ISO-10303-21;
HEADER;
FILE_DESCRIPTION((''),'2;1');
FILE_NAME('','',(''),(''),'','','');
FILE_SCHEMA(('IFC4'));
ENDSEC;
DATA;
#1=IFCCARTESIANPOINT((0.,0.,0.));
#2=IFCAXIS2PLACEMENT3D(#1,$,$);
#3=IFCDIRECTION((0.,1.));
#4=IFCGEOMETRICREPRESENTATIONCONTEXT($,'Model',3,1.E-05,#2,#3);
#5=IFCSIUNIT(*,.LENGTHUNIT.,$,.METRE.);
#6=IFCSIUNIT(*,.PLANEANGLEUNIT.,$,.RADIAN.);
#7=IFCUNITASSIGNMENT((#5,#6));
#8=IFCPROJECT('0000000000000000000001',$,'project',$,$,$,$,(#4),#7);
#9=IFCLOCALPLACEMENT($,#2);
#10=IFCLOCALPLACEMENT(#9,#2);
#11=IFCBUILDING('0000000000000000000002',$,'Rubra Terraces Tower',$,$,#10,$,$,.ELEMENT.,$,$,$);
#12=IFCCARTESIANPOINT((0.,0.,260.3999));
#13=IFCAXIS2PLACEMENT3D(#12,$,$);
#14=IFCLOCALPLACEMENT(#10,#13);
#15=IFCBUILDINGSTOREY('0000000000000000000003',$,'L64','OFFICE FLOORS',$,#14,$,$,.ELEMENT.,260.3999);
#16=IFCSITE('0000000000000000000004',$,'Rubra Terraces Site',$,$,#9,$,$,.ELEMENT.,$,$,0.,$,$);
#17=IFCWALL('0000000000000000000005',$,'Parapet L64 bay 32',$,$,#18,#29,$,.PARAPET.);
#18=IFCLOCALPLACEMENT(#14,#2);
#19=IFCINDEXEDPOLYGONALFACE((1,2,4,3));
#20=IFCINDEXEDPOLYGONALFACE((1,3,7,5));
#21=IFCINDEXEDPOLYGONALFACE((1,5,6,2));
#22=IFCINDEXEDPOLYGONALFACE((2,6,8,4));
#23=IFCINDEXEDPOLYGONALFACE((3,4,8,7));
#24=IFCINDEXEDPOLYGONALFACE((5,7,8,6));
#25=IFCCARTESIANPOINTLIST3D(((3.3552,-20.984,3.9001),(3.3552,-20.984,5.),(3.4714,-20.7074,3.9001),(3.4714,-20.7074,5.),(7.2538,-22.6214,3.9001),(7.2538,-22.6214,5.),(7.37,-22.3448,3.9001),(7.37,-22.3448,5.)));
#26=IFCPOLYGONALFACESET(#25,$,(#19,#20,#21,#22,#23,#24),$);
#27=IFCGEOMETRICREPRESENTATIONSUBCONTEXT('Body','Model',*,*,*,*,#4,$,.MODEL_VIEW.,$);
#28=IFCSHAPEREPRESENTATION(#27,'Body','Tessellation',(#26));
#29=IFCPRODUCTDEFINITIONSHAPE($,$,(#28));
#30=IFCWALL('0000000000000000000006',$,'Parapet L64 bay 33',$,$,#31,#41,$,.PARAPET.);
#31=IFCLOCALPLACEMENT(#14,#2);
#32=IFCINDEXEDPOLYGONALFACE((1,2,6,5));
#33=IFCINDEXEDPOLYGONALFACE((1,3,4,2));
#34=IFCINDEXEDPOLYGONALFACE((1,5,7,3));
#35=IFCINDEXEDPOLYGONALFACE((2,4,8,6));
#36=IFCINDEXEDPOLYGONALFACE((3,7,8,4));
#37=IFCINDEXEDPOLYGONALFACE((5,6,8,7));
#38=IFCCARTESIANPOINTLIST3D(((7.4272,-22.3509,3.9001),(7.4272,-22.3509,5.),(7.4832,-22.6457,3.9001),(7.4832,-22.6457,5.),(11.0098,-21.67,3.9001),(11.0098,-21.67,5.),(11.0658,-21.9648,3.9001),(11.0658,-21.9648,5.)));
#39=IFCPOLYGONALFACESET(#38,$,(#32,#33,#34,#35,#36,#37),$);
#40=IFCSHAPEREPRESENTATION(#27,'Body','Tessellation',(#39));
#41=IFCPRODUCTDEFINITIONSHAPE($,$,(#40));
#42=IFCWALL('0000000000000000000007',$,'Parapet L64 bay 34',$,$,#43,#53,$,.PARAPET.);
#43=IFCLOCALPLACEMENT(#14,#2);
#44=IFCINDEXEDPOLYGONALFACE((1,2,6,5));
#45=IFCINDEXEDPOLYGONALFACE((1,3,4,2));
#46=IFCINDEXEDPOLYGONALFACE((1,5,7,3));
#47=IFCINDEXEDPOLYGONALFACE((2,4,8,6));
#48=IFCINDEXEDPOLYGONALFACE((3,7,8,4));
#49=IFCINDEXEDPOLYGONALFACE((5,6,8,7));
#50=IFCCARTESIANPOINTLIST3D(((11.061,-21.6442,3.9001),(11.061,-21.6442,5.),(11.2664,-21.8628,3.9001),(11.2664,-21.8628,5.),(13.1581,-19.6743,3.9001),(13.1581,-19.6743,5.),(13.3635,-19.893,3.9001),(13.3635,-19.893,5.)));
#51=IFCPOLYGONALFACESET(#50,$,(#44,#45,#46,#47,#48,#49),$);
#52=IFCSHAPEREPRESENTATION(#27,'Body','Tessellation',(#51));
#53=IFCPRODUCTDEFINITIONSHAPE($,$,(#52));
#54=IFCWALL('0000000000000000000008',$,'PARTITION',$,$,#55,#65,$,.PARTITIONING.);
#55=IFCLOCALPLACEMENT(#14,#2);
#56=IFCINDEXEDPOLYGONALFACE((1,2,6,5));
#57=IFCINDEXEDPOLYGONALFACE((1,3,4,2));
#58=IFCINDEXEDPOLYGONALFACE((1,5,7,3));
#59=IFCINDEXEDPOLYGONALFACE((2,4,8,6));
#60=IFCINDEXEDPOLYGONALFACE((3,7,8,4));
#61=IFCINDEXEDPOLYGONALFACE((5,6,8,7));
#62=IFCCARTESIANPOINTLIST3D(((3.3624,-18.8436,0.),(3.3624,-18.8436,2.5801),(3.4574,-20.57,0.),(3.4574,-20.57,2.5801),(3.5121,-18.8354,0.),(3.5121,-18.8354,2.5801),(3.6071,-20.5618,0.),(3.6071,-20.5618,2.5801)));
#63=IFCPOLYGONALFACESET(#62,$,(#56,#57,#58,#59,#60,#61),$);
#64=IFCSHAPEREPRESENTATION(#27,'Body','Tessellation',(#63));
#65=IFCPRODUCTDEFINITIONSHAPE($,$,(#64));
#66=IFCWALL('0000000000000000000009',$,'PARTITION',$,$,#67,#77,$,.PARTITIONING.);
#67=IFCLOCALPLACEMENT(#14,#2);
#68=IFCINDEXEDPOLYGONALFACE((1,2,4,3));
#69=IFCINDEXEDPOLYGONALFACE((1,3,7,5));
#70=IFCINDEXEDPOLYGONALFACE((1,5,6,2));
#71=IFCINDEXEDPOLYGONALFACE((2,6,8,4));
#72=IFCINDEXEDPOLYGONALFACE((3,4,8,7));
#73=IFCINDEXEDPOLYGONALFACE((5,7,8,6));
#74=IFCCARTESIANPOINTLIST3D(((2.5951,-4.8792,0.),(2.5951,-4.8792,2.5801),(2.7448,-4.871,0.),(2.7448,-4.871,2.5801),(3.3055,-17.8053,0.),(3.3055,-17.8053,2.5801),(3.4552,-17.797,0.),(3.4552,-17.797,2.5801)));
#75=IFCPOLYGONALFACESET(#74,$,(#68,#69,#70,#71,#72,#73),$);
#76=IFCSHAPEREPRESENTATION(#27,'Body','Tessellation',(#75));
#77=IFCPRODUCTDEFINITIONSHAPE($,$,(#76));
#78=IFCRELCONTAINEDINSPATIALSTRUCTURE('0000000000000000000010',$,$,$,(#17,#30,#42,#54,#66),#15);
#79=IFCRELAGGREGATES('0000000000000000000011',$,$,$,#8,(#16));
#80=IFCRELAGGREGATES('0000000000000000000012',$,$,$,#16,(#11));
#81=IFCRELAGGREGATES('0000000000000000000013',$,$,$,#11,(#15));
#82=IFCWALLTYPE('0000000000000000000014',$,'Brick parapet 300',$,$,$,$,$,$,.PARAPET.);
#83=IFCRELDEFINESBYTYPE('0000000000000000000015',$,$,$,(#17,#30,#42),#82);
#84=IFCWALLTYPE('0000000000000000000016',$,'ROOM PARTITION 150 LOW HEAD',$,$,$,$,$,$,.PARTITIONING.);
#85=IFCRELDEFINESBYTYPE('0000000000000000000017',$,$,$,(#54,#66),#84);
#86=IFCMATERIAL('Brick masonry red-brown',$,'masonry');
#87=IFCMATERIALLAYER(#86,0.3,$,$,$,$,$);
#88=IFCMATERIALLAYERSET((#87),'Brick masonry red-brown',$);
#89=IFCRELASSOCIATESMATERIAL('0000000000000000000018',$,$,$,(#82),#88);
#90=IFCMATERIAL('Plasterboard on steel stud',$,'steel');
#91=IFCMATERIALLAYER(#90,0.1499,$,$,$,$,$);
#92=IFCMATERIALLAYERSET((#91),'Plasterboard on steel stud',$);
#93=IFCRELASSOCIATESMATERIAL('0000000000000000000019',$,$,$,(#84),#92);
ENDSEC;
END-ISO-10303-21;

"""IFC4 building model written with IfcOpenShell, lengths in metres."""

from ifc_helpers import new_model, si_unit, direction, frame, frame_2d, origin, place, context, subcontext, project, spatial, rectangle, extrude, material, layer, layer_set, type_object, element, save


model = new_model("IFC4")

# Units and contexts
model_context = context("Model", 3, precision=1e-05, world=origin(), true_north=direction((0.0, 1.0)))
body_context = subcontext(model_context, "Body", "Model", "MODEL_VIEW")
ifc_project = project(units=[si_unit("LENGTHUNIT", "METRE"), si_unit("PLANEANGLEUNIT", "RADIAN")], contexts=[model_context])

# Site, building, storey
site_placement = place(None, origin())
site = spatial("IfcSite", under=ifc_project, at=site_placement, Name="Rubra Terraces Site", CompositionType="ELEMENT", RefElevation=0.0)
building_placement = place(site_placement, origin())
building = spatial("IfcBuilding", under=site, at=building_placement, Name="Rubra Terraces Tower", CompositionType="ELEMENT")
storey_placement = place(building_placement, frame((0.0, 0.0, 260.3999)))
storey = spatial("IfcBuildingStorey", under=building, at=storey_placement, Name="L64", Description="OFFICE FLOORS", CompositionType="ELEMENT", Elevation=260.3999)

# Shared definitions
ifc_material_1 = material(Name="Brick masonry red-brown", Category="masonry")

# Walls
ifc_layer_1 = layer(ifc_material_1, 0.3)
ifc_layer_set_1 = layer_set([ifc_layer_1], Name="Brick masonry red-brown")
wall_type_1 = type_object("IfcWallType", Name="Brick parapet 300", PredefinedType="PARAPET", material=ifc_layer_set_1)
wall_1_placement = place(storey_placement, frame((3.4133, -20.8457, 3.9001), z_axis=(0.0, 0.0, 1.0), x_axis=(0.921982, -0.387233, 0.0)))
element("IfcWall", 1, at=wall_1_placement, inside=storey, type_object=wall_type_1, Name="Parapet L64 bay 32", PredefinedType="PARAPET", context=body_context, shape_type="SweptSolid", body=[
    extrude(rectangle(XDim=4.2285, YDim=0.3, at=frame_2d((2.1143, 0.0))), origin(), (0.0, 0.0, 1.0), 1.0999),
])
wall_2_placement = place(storey_placement, frame((7.4553, -22.4983, 3.9001), z_axis=(0.0, 0.0, 1.0), x_axis=(0.982413, 0.186721, 0.0)))
element("IfcWall", 2, at=wall_2_placement, inside=storey, type_object=wall_type_1, Name="Parapet L64 bay 33", PredefinedType="PARAPET", context=body_context, shape_type="SweptSolid", body=[
    extrude(rectangle(XDim=3.6467, YDim=0.3, at=frame_2d((1.8232, 0.0))), origin(), (0.0, 0.0, 1.0), 1.0999),
])
wall_3_placement = place(storey_placement, frame((11.1638, -21.7534, 3.9001), z_axis=(0.0, 0.0, 1.0), x_axis=(0.728865, 0.684658, 0.0)))
element("IfcWall", 3, at=wall_3_placement, inside=storey, type_object=wall_type_1, Name="Parapet L64 bay 34", PredefinedType="PARAPET", context=body_context, shape_type="SweptSolid", body=[
    extrude(rectangle(XDim=2.8772, YDim=0.3, at=frame_2d((1.4385, 0.0))), origin(), (0.0, 0.0, 1.0), 1.0999),
])
ifc_material_2 = material(Name="Plasterboard on steel stud", Category="steel")
ifc_layer_2 = layer(ifc_material_2, 0.1499)
ifc_layer_set_2 = layer_set([ifc_layer_2], Name="Plasterboard on steel stud")
wall_type_2 = type_object("IfcWallType", Name="ROOM PARTITION 150 LOW HEAD", PredefinedType="PARTITIONING", material=ifc_layer_set_2)
wall_4_placement = place(storey_placement, frame((3.5322, -20.5659, 0.0), z_axis=(0.0, 0.0, 1.0), x_axis=(-0.05493, 0.99849, 0.0)))
element("IfcWall", 4, at=wall_4_placement, inside=storey, type_object=wall_type_2, Name="PARTITION", PredefinedType="PARTITIONING", context=body_context, shape_type="SweptSolid", body=[
    extrude(rectangle(XDim=1.729, YDim=0.1499, at=frame_2d((0.8645, 0.0))), origin(), (0.0, 0.0, 1.0), 2.5801),
])
wall_5_placement = place(storey_placement, frame((3.3804, -17.801, 0.0), z_axis=(0.0, 0.0, 1.0), x_axis=(-0.05488, 0.998493, 0.0)))
element("IfcWall", 5, at=wall_5_placement, inside=storey, type_object=wall_type_2, Name="PARTITION", PredefinedType="PARTITIONING", context=body_context, shape_type="SweptSolid", body=[
    extrude(rectangle(XDim=12.9456, YDim=0.1499, at=frame_2d((6.4727, 0.0))), origin(), (0.0, 0.0, 1.0), 2.5801),
])

save(model, "model.ifc")
